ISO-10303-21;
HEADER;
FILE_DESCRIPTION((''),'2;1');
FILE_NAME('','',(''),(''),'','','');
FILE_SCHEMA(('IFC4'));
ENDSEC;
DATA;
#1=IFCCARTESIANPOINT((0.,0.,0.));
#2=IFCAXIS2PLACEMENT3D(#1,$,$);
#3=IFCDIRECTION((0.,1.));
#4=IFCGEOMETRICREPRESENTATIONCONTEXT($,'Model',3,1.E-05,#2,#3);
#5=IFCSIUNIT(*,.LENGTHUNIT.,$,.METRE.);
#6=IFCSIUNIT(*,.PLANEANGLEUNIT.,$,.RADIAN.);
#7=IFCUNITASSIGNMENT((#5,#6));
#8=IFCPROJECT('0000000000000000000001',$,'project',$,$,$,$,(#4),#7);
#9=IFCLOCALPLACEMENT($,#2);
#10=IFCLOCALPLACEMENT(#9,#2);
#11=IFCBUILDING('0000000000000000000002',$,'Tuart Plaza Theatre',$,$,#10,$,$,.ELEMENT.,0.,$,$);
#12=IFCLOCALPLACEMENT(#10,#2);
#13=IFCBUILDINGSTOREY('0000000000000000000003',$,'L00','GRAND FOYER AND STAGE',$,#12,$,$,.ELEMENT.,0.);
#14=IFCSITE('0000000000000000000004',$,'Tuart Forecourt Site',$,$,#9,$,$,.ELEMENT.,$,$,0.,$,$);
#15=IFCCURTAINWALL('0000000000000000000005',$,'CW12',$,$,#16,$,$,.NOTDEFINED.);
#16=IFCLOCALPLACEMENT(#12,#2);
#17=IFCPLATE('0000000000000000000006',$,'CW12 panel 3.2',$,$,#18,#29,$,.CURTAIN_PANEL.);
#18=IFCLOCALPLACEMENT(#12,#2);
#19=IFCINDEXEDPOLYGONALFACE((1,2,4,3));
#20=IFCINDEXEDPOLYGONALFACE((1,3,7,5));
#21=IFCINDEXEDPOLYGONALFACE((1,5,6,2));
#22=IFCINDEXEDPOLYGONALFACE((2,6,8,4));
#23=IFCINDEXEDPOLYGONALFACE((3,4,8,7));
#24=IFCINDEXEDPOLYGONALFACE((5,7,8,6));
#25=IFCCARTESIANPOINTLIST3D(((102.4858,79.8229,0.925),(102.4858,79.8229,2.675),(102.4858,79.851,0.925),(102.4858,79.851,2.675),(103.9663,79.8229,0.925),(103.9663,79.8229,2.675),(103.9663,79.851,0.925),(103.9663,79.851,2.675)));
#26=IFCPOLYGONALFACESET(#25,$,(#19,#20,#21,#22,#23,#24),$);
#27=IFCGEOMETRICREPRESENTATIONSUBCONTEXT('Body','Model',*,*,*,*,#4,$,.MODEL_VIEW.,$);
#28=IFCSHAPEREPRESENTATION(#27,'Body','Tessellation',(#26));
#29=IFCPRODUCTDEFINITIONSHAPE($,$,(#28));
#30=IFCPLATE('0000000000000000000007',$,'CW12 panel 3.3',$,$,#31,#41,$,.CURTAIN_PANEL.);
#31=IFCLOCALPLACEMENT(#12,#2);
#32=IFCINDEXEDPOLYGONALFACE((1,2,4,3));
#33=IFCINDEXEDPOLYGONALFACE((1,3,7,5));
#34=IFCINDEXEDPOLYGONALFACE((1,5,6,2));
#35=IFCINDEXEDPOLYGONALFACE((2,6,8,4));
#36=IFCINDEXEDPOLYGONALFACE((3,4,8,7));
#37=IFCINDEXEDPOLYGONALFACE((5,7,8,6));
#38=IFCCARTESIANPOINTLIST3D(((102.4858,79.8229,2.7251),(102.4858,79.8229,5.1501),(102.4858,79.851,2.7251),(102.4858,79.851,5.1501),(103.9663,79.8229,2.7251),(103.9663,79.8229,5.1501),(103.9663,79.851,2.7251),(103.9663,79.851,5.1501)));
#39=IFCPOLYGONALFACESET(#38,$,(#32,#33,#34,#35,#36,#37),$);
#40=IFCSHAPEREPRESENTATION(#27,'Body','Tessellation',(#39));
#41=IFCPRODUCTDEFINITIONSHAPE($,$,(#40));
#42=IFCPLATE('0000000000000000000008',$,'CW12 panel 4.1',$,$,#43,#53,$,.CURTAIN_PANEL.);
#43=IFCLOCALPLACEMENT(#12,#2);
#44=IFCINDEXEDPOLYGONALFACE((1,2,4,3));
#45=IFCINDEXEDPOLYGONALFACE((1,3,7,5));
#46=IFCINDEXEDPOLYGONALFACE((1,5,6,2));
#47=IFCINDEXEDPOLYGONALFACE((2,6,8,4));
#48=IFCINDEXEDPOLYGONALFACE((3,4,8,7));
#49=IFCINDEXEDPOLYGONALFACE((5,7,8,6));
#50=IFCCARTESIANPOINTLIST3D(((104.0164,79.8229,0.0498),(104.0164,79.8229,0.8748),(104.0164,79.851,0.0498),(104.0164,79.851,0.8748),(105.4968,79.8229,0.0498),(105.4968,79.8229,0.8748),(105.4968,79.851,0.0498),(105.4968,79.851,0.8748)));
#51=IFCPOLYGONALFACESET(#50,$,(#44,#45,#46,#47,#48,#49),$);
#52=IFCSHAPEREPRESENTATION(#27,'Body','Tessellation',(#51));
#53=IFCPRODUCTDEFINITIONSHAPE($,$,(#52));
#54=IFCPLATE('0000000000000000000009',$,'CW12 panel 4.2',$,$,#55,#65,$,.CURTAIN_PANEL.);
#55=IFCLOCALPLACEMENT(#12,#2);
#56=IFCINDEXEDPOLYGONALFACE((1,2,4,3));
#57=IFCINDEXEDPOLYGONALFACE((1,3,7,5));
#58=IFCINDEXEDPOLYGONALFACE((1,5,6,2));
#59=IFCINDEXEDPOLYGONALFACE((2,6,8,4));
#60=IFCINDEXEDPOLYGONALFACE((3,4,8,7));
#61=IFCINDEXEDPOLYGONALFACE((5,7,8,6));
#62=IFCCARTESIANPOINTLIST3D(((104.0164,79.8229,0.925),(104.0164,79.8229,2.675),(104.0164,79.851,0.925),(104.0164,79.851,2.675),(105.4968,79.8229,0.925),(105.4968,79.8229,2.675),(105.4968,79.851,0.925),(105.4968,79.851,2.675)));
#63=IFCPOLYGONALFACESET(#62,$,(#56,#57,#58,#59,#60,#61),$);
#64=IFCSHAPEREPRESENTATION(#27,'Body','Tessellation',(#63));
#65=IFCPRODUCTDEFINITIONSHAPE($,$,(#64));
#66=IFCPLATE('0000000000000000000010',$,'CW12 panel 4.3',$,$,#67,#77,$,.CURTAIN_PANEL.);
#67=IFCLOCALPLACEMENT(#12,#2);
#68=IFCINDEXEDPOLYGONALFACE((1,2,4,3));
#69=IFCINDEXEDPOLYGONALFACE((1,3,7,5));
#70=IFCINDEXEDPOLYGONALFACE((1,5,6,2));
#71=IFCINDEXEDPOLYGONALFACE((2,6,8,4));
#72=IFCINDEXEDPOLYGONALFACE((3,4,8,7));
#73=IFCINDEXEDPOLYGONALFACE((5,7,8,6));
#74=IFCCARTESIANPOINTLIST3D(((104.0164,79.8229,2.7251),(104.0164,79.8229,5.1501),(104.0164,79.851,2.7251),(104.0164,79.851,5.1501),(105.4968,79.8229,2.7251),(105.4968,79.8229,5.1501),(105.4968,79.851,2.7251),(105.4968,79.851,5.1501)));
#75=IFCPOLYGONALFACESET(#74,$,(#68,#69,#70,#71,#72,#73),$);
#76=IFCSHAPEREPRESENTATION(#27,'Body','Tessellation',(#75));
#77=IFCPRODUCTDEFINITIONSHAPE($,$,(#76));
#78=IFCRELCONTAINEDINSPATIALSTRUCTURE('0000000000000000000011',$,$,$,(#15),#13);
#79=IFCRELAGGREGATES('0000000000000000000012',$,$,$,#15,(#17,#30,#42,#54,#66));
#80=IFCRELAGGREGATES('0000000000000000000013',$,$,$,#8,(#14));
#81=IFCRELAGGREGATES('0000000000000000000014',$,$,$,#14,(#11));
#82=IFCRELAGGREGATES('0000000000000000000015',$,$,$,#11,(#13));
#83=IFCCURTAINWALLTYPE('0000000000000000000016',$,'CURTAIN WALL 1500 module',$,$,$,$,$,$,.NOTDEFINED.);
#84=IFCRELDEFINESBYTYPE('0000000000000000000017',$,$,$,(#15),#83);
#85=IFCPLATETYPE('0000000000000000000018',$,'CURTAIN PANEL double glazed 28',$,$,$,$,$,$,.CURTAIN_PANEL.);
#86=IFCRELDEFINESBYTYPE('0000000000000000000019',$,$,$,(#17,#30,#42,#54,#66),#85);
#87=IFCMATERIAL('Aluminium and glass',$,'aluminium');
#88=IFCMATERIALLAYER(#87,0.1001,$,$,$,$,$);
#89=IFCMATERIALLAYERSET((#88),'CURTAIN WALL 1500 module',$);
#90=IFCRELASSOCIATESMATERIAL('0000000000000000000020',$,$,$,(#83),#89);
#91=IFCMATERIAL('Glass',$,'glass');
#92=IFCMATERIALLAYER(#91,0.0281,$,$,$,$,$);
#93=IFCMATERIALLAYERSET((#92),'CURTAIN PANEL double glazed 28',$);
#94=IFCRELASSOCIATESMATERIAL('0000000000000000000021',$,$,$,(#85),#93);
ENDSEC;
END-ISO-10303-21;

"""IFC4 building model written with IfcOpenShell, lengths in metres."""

from ifc_helpers import new_model, si_unit, direction, frame, origin, origin_2d, place, context, subcontext, project, spatial, rectangle, extrude, material, layer, layer_set, type_object, element, aggregate, save


model = new_model("IFC4")

# Units and contexts
model_context = context("Model", 3, precision=1e-05, world=origin(), true_north=direction((0.0, 1.0)))
body_context = subcontext(model_context, "Body", "Model", "MODEL_VIEW")
ifc_project = project(units=[si_unit("LENGTHUNIT", "METRE"), si_unit("PLANEANGLEUNIT", "RADIAN")], contexts=[model_context])

# Site, building, storey
site_placement = place(None, origin())
site = spatial("IfcSite", under=ifc_project, at=site_placement, Name="Tuart Forecourt Site", CompositionType="ELEMENT", RefElevation=0.0)
building_placement = place(site_placement, origin())
building = spatial("IfcBuilding", under=site, at=building_placement, Name="Tuart Plaza Theatre", CompositionType="ELEMENT", ElevationOfRefHeight=0.0)
storey_placement = place(building_placement, origin())
storey = spatial("IfcBuildingStorey", under=building, at=storey_placement, Name="L00", Description="GRAND FOYER AND STAGE", CompositionType="ELEMENT", Elevation=0.0)

# Curtain wall, plates
ifc_material_1 = material(Name="Aluminium and glass", Category="aluminium")
ifc_layer_1 = layer(ifc_material_1, 0.1001)
ifc_layer_set_1 = layer_set([ifc_layer_1], Name="CURTAIN WALL 1500 module")
curtain_wall_type = type_object("IfcCurtainWallType", Name="CURTAIN WALL 1500 module", PredefinedType="NOTDEFINED", material=ifc_layer_set_1)
curtain_wall_placement = place(storey_placement, origin())
curtain_wall = element("IfcCurtainWall", 1, at=curtain_wall_placement, inside=storey, type_object=curtain_wall_type, Name="CW12", PredefinedType="NOTDEFINED")
ifc_material_2 = material(Name="Glass", Category="glass")
ifc_layer_2 = layer(ifc_material_2, 0.0281)
ifc_layer_set_2 = layer_set([ifc_layer_2], Name="CURTAIN PANEL double glazed 28")
plate_type = type_object("IfcPlateType", Name="CURTAIN PANEL double glazed 28", PredefinedType="CURTAIN_PANEL", material=ifc_layer_set_2)
plate_1_placement = place(storey_placement, frame((103.2261, 79.8369, 0.925), z_axis=(0.0, 0.0, 1.0), x_axis=(1.0, 0.0, 0.0)))
plate_1 = element("IfcPlate", 2, at=plate_1_placement, type_object=plate_type, Name="CW12 panel 3.2", PredefinedType="CURTAIN_PANEL", context=body_context, shape_type="SweptSolid", body=[
    extrude(rectangle(XDim=1.4805, YDim=0.0281, at=origin_2d()), origin(), (0.0, 0.0, 1.0), 1.75),
])
plate_2_placement = place(storey_placement, frame((103.2261, 79.8369, 2.7251), z_axis=(0.0, 0.0, 1.0), x_axis=(1.0, 0.0, 0.0)))
plate_2 = element("IfcPlate", 3, at=plate_2_placement, type_object=plate_type, Name="CW12 panel 3.3", PredefinedType="CURTAIN_PANEL", context=body_context, shape_type="SweptSolid", body=[
    extrude(rectangle(XDim=1.4805, YDim=0.0281, at=origin_2d()), origin(), (0.0, 0.0, 1.0), 2.425),
])
plate_3_placement = place(storey_placement, frame((104.7566, 79.8369, 0.0498), z_axis=(0.0, 0.0, 1.0), x_axis=(1.0, 0.0, 0.0)))
plate_3 = element("IfcPlate", 4, at=plate_3_placement, type_object=plate_type, Name="CW12 panel 4.1", PredefinedType="CURTAIN_PANEL", context=body_context, shape_type="SweptSolid", body=[
    extrude(rectangle(XDim=1.4805, YDim=0.0281, at=origin_2d()), origin(), (0.0, 0.0, 1.0), 0.825),
])
plate_4_placement = place(storey_placement, frame((104.7566, 79.8369, 0.925), z_axis=(0.0, 0.0, 1.0), x_axis=(1.0, 0.0, 0.0)))
plate_4 = element("IfcPlate", 5, at=plate_4_placement, type_object=plate_type, Name="CW12 panel 4.2", PredefinedType="CURTAIN_PANEL", context=body_context, shape_type="SweptSolid", body=[
    extrude(rectangle(XDim=1.4805, YDim=0.0281, at=origin_2d()), origin(), (0.0, 0.0, 1.0), 1.75),
])
plate_5_placement = place(storey_placement, frame((104.7566, 79.8369, 2.7251), z_axis=(0.0, 0.0, 1.0), x_axis=(1.0, 0.0, 0.0)))
plate_5 = element("IfcPlate", 6, at=plate_5_placement, type_object=plate_type, Name="CW12 panel 4.3", PredefinedType="CURTAIN_PANEL", context=body_context, shape_type="SweptSolid", body=[
    extrude(rectangle(XDim=1.4805, YDim=0.0281, at=origin_2d()), origin(), (0.0, 0.0, 1.0), 2.425),
])
aggregate(curtain_wall, [plate_1, plate_2, plate_3, plate_4, plate_5])

save(model, "model.ifc")
